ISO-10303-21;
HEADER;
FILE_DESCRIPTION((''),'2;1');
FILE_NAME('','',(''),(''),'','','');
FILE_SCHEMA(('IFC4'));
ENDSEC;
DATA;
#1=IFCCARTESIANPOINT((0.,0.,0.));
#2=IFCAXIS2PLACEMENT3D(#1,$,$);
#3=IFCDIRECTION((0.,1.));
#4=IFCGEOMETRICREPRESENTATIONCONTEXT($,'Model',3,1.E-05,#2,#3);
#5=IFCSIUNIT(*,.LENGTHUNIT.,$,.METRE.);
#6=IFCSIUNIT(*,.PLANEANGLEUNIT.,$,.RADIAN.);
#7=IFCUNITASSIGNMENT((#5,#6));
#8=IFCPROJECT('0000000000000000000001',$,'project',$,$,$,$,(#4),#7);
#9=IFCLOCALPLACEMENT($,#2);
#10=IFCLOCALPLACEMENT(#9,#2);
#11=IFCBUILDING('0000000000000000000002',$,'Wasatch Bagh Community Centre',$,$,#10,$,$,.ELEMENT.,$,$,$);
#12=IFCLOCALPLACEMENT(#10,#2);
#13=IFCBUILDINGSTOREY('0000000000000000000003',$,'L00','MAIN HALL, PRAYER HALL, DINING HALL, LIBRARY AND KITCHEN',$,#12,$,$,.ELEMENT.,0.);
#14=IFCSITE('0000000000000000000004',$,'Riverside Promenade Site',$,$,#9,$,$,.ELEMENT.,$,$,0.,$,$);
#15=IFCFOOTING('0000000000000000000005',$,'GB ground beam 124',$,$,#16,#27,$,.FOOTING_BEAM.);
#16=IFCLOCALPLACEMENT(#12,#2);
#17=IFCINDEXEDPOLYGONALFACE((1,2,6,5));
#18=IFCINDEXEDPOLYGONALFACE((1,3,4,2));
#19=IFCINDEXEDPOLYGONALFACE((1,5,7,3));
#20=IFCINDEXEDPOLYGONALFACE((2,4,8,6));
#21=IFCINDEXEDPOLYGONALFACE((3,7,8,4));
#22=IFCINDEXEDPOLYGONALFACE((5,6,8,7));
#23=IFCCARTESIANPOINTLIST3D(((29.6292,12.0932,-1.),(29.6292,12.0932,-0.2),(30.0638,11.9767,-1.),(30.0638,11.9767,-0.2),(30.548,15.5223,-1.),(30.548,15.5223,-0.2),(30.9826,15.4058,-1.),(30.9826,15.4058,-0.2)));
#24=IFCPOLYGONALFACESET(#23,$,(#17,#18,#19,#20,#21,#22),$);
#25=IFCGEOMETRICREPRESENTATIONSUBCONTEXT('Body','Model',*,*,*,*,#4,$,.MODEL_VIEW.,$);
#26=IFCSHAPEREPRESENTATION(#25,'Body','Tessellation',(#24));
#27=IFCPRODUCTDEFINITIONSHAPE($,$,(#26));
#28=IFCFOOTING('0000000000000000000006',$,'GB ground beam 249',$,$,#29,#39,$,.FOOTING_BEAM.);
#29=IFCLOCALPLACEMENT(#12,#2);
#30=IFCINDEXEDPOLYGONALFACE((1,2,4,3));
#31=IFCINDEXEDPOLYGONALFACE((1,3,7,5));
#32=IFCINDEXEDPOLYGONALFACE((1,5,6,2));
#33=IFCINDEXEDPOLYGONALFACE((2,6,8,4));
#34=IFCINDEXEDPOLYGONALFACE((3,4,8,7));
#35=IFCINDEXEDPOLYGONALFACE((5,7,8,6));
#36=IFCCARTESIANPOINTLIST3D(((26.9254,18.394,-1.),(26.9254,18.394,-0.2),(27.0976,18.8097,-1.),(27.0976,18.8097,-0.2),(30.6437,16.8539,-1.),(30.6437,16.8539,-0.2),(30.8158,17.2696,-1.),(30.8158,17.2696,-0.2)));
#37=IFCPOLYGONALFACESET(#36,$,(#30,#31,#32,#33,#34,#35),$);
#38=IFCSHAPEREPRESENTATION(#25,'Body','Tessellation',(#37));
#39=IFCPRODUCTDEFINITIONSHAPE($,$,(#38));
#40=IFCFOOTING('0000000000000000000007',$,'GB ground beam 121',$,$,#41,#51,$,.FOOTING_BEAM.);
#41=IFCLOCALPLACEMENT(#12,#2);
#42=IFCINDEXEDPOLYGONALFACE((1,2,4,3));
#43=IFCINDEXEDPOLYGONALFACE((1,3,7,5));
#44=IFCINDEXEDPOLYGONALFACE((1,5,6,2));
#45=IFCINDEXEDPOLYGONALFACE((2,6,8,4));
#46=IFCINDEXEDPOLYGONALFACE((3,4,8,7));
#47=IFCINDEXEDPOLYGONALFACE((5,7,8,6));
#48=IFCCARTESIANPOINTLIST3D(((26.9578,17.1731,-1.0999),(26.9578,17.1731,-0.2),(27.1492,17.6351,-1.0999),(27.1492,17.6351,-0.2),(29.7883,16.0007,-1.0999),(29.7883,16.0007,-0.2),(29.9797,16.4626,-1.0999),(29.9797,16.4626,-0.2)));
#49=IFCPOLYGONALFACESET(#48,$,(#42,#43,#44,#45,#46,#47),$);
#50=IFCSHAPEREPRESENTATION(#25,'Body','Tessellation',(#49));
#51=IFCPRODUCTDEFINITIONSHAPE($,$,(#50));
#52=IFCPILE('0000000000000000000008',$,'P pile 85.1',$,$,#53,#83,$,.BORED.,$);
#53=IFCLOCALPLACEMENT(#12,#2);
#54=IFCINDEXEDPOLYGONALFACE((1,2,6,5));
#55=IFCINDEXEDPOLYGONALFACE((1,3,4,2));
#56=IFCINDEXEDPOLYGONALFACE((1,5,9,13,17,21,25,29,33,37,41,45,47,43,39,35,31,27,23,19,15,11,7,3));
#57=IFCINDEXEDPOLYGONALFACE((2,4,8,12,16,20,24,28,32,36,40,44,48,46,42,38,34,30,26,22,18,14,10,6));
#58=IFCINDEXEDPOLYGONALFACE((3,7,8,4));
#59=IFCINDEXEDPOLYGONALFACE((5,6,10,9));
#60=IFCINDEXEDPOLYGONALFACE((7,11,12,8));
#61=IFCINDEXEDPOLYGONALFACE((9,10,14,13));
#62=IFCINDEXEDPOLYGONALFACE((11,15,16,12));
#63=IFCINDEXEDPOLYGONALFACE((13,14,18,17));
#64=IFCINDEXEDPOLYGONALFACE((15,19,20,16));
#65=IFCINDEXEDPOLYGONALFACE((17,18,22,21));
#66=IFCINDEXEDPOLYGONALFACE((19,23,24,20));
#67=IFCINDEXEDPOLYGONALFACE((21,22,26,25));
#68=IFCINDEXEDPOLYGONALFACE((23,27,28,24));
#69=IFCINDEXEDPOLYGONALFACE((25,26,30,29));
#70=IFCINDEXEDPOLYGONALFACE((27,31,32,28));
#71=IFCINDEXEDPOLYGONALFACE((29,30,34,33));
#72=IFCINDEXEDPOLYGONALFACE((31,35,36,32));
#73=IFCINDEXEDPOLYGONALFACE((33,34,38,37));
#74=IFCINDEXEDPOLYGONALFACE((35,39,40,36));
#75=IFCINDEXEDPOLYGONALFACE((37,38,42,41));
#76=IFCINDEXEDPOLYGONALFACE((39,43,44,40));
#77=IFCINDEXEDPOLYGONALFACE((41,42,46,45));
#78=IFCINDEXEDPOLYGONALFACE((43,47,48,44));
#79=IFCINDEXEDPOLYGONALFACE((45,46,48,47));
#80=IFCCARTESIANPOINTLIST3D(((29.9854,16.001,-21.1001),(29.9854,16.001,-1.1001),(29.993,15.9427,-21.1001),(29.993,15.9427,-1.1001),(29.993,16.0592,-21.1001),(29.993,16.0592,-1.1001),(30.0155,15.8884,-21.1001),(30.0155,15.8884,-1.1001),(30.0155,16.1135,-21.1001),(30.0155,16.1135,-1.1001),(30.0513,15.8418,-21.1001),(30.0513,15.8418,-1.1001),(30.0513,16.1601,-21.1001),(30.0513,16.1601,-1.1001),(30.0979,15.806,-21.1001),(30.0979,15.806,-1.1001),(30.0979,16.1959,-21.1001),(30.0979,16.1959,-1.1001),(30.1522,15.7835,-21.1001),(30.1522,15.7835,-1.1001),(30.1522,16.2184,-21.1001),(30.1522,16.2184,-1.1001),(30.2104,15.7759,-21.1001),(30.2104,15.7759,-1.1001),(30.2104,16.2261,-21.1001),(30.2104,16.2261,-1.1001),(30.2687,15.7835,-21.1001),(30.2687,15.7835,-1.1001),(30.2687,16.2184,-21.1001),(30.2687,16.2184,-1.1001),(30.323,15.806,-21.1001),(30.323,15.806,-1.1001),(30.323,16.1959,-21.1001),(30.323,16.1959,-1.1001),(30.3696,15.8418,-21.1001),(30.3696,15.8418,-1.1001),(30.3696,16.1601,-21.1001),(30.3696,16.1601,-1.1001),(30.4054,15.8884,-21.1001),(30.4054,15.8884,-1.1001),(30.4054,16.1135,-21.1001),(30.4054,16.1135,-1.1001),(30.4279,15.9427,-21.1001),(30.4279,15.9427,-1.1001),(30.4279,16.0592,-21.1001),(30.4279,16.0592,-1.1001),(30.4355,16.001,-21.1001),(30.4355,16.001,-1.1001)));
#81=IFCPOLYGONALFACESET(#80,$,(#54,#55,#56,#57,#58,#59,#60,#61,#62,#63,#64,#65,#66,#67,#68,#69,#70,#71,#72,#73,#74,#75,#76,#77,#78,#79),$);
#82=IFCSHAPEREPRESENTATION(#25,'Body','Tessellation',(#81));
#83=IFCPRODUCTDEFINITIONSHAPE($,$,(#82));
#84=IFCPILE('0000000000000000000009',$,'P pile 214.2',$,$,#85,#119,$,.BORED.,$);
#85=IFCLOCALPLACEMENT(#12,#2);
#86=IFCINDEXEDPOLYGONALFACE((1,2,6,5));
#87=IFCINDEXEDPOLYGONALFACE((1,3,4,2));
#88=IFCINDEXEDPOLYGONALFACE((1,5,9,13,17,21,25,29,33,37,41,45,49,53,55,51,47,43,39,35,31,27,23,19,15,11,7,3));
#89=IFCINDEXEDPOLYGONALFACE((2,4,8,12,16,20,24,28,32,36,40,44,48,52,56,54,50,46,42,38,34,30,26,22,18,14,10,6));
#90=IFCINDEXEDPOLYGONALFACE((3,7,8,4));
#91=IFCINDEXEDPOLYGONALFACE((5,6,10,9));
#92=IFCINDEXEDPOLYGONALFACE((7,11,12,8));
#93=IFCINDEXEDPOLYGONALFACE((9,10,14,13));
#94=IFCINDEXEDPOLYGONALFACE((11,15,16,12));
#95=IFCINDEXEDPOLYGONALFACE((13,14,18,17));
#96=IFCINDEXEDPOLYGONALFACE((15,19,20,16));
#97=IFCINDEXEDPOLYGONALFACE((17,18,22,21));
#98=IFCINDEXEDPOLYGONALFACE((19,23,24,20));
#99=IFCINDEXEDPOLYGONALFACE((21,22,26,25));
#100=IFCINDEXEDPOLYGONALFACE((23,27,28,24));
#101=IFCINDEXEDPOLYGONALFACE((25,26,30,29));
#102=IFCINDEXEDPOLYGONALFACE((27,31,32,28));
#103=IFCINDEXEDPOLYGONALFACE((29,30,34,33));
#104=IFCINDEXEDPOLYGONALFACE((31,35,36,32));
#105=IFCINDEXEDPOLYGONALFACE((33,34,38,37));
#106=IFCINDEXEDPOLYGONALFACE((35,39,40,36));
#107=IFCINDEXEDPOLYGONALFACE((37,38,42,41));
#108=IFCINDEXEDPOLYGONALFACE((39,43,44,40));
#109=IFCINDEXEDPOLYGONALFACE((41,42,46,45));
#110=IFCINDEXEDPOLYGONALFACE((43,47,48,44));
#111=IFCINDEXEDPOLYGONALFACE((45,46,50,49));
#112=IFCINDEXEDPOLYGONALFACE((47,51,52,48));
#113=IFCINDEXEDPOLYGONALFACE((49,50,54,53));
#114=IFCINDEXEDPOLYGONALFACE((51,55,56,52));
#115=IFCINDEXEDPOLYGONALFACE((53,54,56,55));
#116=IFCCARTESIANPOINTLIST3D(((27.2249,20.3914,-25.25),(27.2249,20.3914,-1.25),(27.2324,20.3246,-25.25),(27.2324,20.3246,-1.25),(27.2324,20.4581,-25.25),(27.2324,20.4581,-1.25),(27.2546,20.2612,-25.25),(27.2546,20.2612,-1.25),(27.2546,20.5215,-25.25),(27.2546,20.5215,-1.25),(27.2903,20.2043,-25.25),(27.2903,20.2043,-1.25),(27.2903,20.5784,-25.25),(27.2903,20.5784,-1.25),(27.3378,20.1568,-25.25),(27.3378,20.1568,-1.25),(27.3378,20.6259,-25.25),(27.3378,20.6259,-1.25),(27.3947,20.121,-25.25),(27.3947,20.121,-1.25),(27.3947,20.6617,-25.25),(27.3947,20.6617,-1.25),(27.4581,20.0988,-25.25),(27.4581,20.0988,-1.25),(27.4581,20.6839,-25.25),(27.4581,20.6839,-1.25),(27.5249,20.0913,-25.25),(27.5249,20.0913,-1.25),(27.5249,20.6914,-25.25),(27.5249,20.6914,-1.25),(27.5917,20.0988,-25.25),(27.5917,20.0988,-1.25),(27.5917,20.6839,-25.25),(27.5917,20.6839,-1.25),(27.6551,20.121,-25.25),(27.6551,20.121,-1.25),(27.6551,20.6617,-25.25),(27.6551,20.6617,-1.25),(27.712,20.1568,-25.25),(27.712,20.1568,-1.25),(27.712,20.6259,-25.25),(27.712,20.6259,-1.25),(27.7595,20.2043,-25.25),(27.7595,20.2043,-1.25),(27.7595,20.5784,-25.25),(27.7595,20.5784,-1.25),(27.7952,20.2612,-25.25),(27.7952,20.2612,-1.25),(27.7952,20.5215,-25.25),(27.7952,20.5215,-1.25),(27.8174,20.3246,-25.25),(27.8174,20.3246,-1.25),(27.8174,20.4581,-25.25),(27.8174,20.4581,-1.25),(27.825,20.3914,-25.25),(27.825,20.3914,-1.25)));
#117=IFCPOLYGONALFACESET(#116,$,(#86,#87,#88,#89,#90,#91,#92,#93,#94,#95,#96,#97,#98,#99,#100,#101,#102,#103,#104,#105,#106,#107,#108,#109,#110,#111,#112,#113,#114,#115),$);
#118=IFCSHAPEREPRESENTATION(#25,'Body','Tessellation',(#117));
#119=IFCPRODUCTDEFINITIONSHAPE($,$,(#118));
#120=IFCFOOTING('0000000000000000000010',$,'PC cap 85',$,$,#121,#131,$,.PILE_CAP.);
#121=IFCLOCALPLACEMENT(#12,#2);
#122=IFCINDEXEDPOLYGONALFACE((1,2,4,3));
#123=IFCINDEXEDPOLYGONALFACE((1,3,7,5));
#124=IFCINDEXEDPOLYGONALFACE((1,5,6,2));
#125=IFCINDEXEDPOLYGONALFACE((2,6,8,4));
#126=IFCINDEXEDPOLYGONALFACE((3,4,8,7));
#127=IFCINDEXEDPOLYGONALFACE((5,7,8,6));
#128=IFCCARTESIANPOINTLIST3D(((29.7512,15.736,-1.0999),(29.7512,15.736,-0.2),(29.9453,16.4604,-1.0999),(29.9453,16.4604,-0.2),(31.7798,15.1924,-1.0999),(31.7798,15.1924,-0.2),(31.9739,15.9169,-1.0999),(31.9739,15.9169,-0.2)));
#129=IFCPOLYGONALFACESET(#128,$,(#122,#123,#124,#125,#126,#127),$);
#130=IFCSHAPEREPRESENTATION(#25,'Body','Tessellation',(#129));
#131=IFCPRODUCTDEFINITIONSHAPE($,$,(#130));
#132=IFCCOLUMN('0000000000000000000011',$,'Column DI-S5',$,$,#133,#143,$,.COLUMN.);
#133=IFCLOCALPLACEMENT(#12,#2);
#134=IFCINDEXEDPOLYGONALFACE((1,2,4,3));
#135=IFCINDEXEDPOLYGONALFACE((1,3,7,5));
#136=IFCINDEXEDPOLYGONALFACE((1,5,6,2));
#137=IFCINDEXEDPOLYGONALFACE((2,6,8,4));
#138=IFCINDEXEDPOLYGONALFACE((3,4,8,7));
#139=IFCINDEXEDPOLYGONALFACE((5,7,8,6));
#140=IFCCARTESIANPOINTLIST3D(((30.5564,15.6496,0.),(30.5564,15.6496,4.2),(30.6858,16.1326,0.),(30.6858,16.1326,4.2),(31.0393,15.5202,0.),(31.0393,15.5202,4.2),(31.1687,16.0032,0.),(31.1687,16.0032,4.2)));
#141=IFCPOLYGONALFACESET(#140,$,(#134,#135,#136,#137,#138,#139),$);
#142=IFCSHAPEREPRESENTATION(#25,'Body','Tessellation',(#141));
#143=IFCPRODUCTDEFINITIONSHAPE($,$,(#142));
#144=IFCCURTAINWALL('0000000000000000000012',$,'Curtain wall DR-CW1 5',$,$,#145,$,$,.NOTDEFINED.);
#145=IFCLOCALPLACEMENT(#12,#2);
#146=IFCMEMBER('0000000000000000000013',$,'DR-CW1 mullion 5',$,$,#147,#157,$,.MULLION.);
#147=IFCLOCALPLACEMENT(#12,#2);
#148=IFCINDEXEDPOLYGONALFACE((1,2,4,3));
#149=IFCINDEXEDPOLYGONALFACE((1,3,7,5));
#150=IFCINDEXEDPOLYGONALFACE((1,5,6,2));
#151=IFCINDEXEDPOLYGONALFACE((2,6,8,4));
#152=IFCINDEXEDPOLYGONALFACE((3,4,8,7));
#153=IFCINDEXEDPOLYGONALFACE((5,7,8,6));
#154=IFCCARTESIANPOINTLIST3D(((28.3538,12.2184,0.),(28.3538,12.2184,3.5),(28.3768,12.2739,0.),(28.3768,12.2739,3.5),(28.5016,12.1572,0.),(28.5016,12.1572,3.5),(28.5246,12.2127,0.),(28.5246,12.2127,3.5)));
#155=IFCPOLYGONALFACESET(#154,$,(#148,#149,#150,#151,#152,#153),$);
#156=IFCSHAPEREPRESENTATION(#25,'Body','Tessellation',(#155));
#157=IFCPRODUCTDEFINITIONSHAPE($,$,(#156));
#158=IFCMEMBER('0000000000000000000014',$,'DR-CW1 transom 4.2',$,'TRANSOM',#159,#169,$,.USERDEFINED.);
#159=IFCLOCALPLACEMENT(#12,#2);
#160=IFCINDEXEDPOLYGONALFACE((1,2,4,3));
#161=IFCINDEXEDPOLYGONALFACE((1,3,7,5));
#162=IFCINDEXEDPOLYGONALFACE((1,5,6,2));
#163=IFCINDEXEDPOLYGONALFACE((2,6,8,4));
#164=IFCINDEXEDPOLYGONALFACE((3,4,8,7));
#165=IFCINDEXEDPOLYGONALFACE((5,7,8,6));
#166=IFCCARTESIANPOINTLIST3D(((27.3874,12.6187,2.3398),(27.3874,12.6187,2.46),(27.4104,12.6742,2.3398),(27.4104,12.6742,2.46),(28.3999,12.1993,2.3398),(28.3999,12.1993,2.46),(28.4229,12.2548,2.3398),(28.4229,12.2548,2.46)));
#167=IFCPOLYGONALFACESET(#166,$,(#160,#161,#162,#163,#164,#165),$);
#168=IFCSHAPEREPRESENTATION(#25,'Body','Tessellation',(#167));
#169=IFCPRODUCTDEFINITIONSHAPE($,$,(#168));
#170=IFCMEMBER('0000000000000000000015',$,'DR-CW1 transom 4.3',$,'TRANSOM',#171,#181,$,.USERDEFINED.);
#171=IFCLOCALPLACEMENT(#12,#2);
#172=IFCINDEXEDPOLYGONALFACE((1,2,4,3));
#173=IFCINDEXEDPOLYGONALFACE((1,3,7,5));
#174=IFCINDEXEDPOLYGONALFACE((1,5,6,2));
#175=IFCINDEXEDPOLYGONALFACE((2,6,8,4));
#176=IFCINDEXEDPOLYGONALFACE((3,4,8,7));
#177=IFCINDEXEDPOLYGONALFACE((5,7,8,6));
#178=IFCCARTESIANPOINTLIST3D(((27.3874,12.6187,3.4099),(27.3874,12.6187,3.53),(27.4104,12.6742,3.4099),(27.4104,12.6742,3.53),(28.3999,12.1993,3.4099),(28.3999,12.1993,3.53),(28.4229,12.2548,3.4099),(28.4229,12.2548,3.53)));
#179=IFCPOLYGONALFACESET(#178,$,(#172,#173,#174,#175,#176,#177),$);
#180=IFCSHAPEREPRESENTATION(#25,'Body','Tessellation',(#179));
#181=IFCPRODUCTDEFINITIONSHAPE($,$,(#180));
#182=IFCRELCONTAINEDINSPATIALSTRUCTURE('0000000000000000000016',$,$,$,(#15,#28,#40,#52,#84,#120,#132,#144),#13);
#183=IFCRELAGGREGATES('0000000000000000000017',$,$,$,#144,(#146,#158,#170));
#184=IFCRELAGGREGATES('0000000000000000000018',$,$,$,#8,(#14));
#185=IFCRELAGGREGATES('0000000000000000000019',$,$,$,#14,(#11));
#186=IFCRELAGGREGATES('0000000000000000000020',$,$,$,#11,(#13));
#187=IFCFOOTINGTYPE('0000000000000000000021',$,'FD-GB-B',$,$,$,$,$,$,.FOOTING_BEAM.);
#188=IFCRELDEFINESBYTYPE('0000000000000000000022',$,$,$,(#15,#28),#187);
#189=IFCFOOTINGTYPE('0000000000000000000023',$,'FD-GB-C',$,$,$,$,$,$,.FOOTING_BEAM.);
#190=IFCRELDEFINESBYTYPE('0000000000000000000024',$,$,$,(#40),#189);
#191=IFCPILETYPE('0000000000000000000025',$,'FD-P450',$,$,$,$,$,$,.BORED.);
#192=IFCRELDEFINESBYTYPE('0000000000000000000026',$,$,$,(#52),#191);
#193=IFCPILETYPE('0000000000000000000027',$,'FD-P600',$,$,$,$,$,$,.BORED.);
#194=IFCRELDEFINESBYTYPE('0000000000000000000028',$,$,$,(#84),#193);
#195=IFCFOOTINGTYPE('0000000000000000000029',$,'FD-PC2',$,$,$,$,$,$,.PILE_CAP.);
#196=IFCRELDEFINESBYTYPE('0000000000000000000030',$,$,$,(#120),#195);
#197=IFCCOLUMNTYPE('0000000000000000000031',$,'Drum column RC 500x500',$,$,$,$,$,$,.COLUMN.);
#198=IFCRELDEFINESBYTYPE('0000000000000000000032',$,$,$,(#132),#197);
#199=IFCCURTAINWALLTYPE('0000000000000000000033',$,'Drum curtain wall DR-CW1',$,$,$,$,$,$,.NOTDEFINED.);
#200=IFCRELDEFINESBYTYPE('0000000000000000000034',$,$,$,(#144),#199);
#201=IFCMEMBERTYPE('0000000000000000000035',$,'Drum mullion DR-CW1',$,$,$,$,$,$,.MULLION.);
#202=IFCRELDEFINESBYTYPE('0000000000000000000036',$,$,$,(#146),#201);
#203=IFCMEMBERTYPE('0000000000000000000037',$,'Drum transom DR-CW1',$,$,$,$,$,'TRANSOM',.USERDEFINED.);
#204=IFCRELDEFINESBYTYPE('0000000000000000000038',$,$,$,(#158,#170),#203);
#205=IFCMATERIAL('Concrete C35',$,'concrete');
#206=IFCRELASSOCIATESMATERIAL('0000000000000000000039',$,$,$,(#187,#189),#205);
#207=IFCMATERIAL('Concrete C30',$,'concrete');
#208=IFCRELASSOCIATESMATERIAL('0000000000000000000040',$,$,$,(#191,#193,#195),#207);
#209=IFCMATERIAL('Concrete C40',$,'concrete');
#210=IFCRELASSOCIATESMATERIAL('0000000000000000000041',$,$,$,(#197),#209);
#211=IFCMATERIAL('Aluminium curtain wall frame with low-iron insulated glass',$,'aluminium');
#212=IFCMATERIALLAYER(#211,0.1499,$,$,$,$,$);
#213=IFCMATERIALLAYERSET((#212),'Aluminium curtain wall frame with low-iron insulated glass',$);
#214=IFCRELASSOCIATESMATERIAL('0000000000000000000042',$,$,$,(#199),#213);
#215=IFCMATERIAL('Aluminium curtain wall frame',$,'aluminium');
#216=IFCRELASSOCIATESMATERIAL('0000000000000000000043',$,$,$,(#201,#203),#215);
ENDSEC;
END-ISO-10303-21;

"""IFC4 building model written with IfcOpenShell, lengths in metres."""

from ifc_helpers import new_model, si_unit, direction, frame, origin, origin_2d, place, context, subcontext, project, spatial, rectangle, circle, extrude, material, layer, layer_set, material_profile, profile_set, type_object, element, aggregate, save


model = new_model("IFC4")

# Units and contexts
model_context = context("Model", 3, precision=1e-05, world=origin(), true_north=direction((0.0, 1.0)))
body_context = subcontext(model_context, "Body", "Model", "MODEL_VIEW")
ifc_project = project(units=[si_unit("LENGTHUNIT", "METRE"), si_unit("PLANEANGLEUNIT", "RADIAN")], contexts=[model_context])

# Site, building, storey
site_placement = place(None, origin())
site = spatial("IfcSite", under=ifc_project, at=site_placement, Name="Riverside Promenade Site", CompositionType="ELEMENT", RefElevation=0.0)
building_placement = place(site_placement, origin())
building = spatial("IfcBuilding", under=site, at=building_placement, Name="Wasatch Bagh Community Centre", CompositionType="ELEMENT")
storey_placement = place(building_placement, origin())
storey = spatial("IfcBuildingStorey", under=building, at=storey_placement, Name="L00", Description="MAIN HALL, PRAYER HALL, DINING HALL, LIBRARY AND KITCHEN", CompositionType="ELEMENT", Elevation=0.0)

# Footings
ifc_material_1 = material(Name="Concrete C35", Category="concrete")
footing_type_1 = type_object("IfcFootingType", Name="FD-GB-B", PredefinedType="FOOTING_BEAM", material=ifc_material_1)
footing_1_placement = place(storey_placement, frame((30.3059, 13.7495, -1.0), z_axis=(0.0, 0.0, 1.0), x_axis=(-0.258819, -0.965926, 0.0)))
element("IfcFooting", 1, at=footing_1_placement, inside=storey, type_object=footing_type_1, Name="GB ground beam 124", PredefinedType="FOOTING_BEAM", context=body_context, shape_type="SweptSolid", body=[
    extrude(rectangle(XDim=3.55, YDim=0.45, at=origin_2d()), origin(), (0.0, 0.0, 1.0), 0.8),
])
footing_2_placement = place(storey_placement, frame((28.8706, 17.8318, -1.0), z_axis=(0.0, 0.0, 1.0), x_axis=(0.92388, -0.382683, 0.0)))
element("IfcFooting", 2, at=footing_2_placement, inside=storey, type_object=footing_type_1, Name="GB ground beam 249", PredefinedType="FOOTING_BEAM", context=body_context, shape_type="SweptSolid", body=[
    extrude(rectangle(XDim=4.0247, YDim=0.45, at=origin_2d()), origin(), (0.0, 0.0, 1.0), 0.8),
])
footing_type_2 = type_object("IfcFootingType", Name="FD-GB-C", PredefinedType="FOOTING_BEAM", material=ifc_material_1)
footing_3_placement = place(storey_placement, frame((28.4688, 16.8179, -1.0999), z_axis=(0.0, 0.0, 1.0), x_axis=(0.92388, -0.382683, 0.0)))
element("IfcFooting", 3, at=footing_3_placement, inside=storey, type_object=footing_type_2, Name="GB ground beam 121", PredefinedType="FOOTING_BEAM", context=body_context, shape_type="SweptSolid", body=[
    extrude(rectangle(XDim=3.0637, YDim=0.5, at=origin_2d()), origin(), (0.0, 0.0, 1.0), 0.8999),
])

# Piles
ifc_material_2 = material(Name="Concrete C30", Category="concrete")
ifc_material_profile_1 = material_profile(ifc_material_2, circle(Radius=0.2251, at=origin_2d()), Name="RC D450")
ifc_profile_set_1 = profile_set([ifc_material_profile_1], Name="Concrete C30")
pile_type_1 = type_object("IfcPileType", Name="FD-P450", PredefinedType="BORED", material=ifc_profile_set_1)
pile_1_placement = place(storey_placement, frame((30.2104, 16.001, -1.1001), z_axis=(0.0, 0.0, -1.0), x_axis=(1.0, 0.0, 0.0)))
element("IfcPile", 4, at=pile_1_placement, inside=storey, type_object=pile_type_1, Name="P pile 85.1", PredefinedType="BORED", context=body_context, shape_type="SweptSolid", body=[
    extrude(circle(Radius=0.2251, at=origin_2d()), origin(), (0.0, 0.0, 1.0), 20.0),
])
ifc_material_profile_2 = material_profile(ifc_material_2, circle(Radius=0.3, at=origin_2d()), Name="RC D600")
ifc_profile_set_2 = profile_set([ifc_material_profile_2], Name="Concrete C30")
pile_type_2 = type_object("IfcPileType", Name="FD-P600", PredefinedType="BORED", material=ifc_profile_set_2)
pile_2_placement = place(storey_placement, frame((27.5249, 20.3914, -1.25), z_axis=(0.0, 0.0, -1.0), x_axis=(1.0, 0.0, 0.0)))
element("IfcPile", 5, at=pile_2_placement, inside=storey, type_object=pile_type_2, Name="P pile 214.2", PredefinedType="BORED", context=body_context, shape_type="SweptSolid", body=[
    extrude(circle(Radius=0.3, at=origin_2d()), origin(), (0.0, 0.0, 1.0), 24.0),
])

# Footing
footing_type_3 = type_object("IfcFootingType", Name="FD-PC2", PredefinedType="PILE_CAP", material=ifc_material_2)
footing_4_placement = place(storey_placement, frame((30.8625, 15.8264, -1.0999), z_axis=(0.0, 0.0, 1.0), x_axis=(0.965926, -0.258819, 0.0)))
element("IfcFooting", 6, at=footing_4_placement, inside=storey, type_object=footing_type_3, Name="PC cap 85", PredefinedType="PILE_CAP", context=body_context, shape_type="SweptSolid", body=[
    extrude(rectangle(XDim=2.1001, YDim=0.75, at=origin_2d()), origin(), (0.0, 0.0, 1.0), 0.8999),
])

# Column
ifc_material_3 = material(Name="Concrete C40", Category="concrete")
ifc_material_profile_3 = material_profile(ifc_material_3, rectangle(XDim=0.5, YDim=0.5, at=origin_2d()), Name="RC 500x500")
ifc_profile_set_3 = profile_set([ifc_material_profile_3], Name="Concrete C40")
column_type = type_object("IfcColumnType", Name="Drum column RC 500x500", PredefinedType="COLUMN", material=ifc_profile_set_3)
column_placement = place(storey_placement, frame((30.8625, 15.8264, 0.0), z_axis=(0.0, 0.0, 1.0), x_axis=(0.258819, 0.965926, 0.0)))
element("IfcColumn", 7, at=column_placement, inside=storey, type_object=column_type, Name="Column DI-S5", PredefinedType="COLUMN", context=body_context, shape_type="SweptSolid", body=[
    extrude(rectangle(XDim=0.5, YDim=0.5, at=origin_2d()), origin(), (0.0, 0.0, 1.0), 4.2),
])

# Curtain wall, members
ifc_material_4 = material(Name="Aluminium curtain wall frame with low-iron insulated glass", Category="aluminium")
ifc_layer_1 = layer(ifc_material_4, 0.1499)
ifc_layer_set_1 = layer_set([ifc_layer_1], Name="Aluminium curtain wall frame with low-iron insulated glass")
curtain_wall_type = type_object("IfcCurtainWallType", Name="Drum curtain wall DR-CW1", PredefinedType="NOTDEFINED", material=ifc_layer_set_1)
curtain_wall_placement = place(storey_placement, origin())
curtain_wall = element("IfcCurtainWall", 8, at=curtain_wall_placement, inside=storey, type_object=curtain_wall_type, Name="Curtain wall DR-CW1 5", PredefinedType="NOTDEFINED")
ifc_material_5 = material(Name="Aluminium curtain wall frame", Category="aluminium")
ifc_material_profile_4 = material_profile(ifc_material_5, rectangle(XDim=0.0601, YDim=0.1599, at=origin_2d()), Name="Drum mullion DR-CW1")
ifc_profile_set_4 = profile_set([ifc_material_profile_4], Name="Aluminium curtain wall frame")
member_type_1 = type_object("IfcMemberType", Name="Drum mullion DR-CW1", PredefinedType="MULLION", material=ifc_profile_set_4)
member_1_placement = place(storey_placement, frame((28.4392, 12.2156, 0.0), z_axis=(0.0, 0.0, 1.0), x_axis=(0.382683, 0.92388, 0.0)))
member_1 = element("IfcMember", 9, at=member_1_placement, type_object=member_type_1, Name="DR-CW1 mullion 5", PredefinedType="MULLION", context=body_context, shape_type="SweptSolid", body=[
    extrude(rectangle(XDim=0.0601, YDim=0.1599, at=origin_2d()), origin(), (0.0, 0.0, 1.0), 3.5),
])
ifc_material_profile_5 = material_profile(ifc_material_5, rectangle(XDim=0.0601, YDim=0.1201, at=origin_2d()), Name="Drum transom DR-CW1")
ifc_profile_set_5 = profile_set([ifc_material_profile_5], Name="Aluminium curtain wall frame")
member_type_2 = type_object("IfcMemberType", Name="Drum transom DR-CW1", ElementType="TRANSOM", PredefinedType="USERDEFINED", material=ifc_profile_set_5)
member_2_placement = place(storey_placement, frame((27.3989, 12.6465, 2.3999), z_axis=(0.923859, -0.382732, 0.0), x_axis=(0.382732, 0.923859, 0.0)))
member_2 = element("IfcMember", 10, at=member_2_placement, type_object=member_type_2, Name="DR-CW1 transom 4.2", ObjectType="TRANSOM", PredefinedType="USERDEFINED", context=body_context, shape_type="SweptSolid", body=[
    extrude(rectangle(XDim=0.0601, YDim=0.1201, at=origin_2d()), origin(), (0.0, 0.0, 1.0), 1.0959),
])
member_3_placement = place(storey_placement, frame((27.3989, 12.6465, 3.47), z_axis=(0.923859, -0.382732, 0.0), x_axis=(0.382732, 0.923859, 0.0)))
member_3 = element("IfcMember", 11, at=member_3_placement, type_object=member_type_2, Name="DR-CW1 transom 4.3", ObjectType="TRANSOM", PredefinedType="USERDEFINED", context=body_context, shape_type="SweptSolid", body=[
    extrude(rectangle(XDim=0.0601, YDim=0.1201, at=origin_2d()), origin(), (0.0, 0.0, 1.0), 1.0959),
])
aggregate(curtain_wall, [member_1, member_2, member_3])

save(model, "model.ifc")
